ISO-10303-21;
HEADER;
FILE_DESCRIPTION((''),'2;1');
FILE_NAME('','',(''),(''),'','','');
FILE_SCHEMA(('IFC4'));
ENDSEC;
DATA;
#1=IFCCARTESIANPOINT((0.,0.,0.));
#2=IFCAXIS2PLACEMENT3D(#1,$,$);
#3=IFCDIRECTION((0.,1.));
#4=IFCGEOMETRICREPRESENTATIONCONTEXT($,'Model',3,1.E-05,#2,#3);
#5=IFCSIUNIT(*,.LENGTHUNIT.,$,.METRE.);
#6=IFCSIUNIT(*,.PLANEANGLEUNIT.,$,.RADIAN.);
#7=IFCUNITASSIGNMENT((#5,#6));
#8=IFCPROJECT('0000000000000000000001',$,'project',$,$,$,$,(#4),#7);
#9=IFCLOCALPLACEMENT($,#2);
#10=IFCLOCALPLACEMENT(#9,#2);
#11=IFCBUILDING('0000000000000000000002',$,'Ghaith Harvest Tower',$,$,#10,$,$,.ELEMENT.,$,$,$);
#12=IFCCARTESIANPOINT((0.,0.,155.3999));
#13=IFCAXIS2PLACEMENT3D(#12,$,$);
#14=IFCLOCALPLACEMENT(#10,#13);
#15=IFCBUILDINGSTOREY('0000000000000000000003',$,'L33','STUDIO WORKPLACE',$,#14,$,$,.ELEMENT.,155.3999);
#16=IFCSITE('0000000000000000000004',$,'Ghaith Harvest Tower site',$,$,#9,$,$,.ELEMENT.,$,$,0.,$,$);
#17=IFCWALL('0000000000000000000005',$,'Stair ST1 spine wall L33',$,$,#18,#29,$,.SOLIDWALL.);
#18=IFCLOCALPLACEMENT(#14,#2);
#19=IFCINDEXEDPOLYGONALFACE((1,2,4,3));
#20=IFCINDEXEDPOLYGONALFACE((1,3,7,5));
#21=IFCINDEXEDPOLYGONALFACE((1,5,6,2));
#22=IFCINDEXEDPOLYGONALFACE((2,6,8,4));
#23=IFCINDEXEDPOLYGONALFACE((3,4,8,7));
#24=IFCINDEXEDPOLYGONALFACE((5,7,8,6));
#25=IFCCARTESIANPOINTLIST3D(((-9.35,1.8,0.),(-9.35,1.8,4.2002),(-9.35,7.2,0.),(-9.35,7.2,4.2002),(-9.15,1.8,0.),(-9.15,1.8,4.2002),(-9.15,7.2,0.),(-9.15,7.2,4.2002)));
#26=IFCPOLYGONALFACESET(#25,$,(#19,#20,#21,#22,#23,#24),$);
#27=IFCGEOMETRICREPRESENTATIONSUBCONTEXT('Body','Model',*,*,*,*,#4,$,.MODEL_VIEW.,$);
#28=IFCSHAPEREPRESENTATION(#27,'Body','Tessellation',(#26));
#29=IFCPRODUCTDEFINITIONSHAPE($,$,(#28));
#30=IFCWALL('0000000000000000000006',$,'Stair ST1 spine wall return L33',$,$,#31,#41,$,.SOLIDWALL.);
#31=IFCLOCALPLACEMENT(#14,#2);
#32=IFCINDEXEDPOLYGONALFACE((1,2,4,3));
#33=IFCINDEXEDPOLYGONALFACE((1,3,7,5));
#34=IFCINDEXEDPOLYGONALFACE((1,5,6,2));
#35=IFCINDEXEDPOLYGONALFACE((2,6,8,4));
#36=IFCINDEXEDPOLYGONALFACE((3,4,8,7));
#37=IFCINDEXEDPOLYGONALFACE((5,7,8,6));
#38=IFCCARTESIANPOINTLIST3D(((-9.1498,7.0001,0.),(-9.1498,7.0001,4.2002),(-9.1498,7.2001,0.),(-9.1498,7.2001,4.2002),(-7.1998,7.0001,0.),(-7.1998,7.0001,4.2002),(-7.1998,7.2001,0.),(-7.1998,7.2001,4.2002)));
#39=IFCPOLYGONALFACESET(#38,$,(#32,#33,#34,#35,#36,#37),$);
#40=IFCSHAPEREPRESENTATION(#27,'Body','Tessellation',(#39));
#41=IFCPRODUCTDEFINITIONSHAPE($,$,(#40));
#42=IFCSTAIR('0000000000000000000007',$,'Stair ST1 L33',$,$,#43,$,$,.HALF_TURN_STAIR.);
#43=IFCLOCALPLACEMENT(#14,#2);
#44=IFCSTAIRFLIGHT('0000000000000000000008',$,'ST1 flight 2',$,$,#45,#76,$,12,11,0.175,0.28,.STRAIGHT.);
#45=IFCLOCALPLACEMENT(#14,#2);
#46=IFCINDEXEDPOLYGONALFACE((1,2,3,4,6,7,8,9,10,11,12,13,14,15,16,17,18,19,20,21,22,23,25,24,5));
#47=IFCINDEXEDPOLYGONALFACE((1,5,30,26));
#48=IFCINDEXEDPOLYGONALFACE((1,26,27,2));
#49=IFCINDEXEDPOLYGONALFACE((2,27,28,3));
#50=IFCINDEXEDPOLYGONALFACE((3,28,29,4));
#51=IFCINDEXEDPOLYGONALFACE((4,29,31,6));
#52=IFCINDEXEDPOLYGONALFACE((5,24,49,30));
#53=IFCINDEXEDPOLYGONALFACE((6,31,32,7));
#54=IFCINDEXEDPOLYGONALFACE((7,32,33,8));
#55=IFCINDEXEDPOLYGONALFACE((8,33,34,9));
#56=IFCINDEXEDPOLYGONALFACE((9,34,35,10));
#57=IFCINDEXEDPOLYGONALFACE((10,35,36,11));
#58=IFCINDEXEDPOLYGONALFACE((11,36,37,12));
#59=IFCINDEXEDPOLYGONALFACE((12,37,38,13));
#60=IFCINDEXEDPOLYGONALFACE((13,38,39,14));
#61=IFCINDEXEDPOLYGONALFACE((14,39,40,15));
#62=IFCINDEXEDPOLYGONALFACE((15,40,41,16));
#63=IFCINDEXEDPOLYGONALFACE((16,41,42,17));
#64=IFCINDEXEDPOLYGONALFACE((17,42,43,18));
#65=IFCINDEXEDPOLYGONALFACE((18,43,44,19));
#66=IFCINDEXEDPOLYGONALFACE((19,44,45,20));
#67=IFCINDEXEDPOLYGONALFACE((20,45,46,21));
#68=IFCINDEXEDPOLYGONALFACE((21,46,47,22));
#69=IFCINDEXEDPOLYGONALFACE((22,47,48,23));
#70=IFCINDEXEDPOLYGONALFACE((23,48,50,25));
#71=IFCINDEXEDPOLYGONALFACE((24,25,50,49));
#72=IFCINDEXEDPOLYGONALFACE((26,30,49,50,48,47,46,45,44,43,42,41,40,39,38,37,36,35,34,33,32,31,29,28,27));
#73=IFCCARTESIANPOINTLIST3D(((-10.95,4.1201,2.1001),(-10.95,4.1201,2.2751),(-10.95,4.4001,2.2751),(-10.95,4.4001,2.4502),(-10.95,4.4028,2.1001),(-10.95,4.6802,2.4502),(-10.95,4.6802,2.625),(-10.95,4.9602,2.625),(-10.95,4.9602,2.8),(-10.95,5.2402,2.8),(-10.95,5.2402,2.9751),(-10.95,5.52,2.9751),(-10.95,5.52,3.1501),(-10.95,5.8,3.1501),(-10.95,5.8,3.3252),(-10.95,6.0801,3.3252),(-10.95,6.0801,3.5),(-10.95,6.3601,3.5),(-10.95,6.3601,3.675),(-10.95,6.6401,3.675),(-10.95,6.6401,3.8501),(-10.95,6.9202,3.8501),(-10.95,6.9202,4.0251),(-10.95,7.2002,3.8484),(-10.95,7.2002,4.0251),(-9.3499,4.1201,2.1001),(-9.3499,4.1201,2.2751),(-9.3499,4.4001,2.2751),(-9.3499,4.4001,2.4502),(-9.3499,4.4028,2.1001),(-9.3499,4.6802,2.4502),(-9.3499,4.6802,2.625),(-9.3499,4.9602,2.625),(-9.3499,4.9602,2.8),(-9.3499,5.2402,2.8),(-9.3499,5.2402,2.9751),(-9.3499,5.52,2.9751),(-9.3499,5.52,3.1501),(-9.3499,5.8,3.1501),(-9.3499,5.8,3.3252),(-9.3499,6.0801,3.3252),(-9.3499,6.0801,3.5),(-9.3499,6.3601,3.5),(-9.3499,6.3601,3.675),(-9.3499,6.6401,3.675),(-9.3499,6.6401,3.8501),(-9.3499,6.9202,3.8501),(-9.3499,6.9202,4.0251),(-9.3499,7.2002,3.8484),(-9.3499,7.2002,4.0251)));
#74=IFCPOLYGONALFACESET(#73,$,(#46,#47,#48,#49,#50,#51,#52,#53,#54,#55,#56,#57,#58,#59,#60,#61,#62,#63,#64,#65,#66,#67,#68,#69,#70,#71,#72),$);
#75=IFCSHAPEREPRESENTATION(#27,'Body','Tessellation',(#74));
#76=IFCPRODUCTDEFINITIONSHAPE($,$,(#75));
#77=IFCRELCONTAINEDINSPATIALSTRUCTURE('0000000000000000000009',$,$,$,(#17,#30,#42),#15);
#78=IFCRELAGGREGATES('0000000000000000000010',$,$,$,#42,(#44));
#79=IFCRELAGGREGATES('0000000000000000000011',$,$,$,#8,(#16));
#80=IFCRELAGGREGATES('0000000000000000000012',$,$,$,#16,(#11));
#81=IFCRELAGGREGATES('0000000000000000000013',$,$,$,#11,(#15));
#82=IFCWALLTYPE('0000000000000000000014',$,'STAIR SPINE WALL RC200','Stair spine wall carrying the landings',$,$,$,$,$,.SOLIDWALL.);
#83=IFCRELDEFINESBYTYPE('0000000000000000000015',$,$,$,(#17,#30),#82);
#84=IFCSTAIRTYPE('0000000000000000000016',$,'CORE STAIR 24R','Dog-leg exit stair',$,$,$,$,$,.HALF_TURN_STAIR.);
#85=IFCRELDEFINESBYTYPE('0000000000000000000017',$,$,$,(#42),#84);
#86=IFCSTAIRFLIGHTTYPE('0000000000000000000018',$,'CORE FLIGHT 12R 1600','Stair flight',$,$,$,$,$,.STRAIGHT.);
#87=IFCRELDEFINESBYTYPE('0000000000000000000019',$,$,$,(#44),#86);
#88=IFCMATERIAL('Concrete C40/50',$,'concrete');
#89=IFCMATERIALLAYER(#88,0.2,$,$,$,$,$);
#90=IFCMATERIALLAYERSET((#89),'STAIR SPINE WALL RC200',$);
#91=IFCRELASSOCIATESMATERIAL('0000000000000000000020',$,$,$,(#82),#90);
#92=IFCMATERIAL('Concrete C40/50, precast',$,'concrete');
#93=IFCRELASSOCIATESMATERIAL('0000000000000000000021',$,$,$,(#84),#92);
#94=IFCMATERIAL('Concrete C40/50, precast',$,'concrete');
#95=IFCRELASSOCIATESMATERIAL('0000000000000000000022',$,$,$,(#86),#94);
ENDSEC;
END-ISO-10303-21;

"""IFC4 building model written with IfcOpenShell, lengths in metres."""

from ifc_helpers import new_model, si_unit, direction, frame, frame_2d, origin, place, context, subcontext, project, spatial, polyline, rectangle, outline, extrude, material, layer, layer_set, type_object, element, aggregate, save


model = new_model("IFC4")

# Units and contexts
model_context = context("Model", 3, precision=1e-05, world=origin(), true_north=direction((0.0, 1.0)))
body_context = subcontext(model_context, "Body", "Model", "MODEL_VIEW")
ifc_project = project(units=[si_unit("LENGTHUNIT", "METRE"), si_unit("PLANEANGLEUNIT", "RADIAN")], contexts=[model_context])

# Site, building, storey
site_placement = place(None, origin())
site = spatial("IfcSite", under=ifc_project, at=site_placement, Name="Ghaith Harvest Tower site", CompositionType="ELEMENT", RefElevation=0.0)
building_placement = place(site_placement, origin())
building = spatial("IfcBuilding", under=site, at=building_placement, Name="Ghaith Harvest Tower", CompositionType="ELEMENT")
storey_placement = place(building_placement, frame((0.0, 0.0, 155.3999)))
storey = spatial("IfcBuildingStorey", under=building, at=storey_placement, Name="L33", Description="STUDIO WORKPLACE", CompositionType="ELEMENT", Elevation=155.3999)

# Walls
ifc_material_1 = material(Name="Concrete C40/50", Category="concrete")
ifc_layer_1 = layer(ifc_material_1, 0.2)
ifc_layer_set_1 = layer_set([ifc_layer_1], Name="STAIR SPINE WALL RC200")
wall_type_1 = type_object("IfcWallType", Name="STAIR SPINE WALL RC200", Description="Stair spine wall carrying the landings", PredefinedType="SOLIDWALL", material=ifc_layer_set_1)
wall_1_placement = place(storey_placement, frame((-9.25, 7.2, 0.0), z_axis=(0.0, 0.0, 1.0), x_axis=(0.0, -1.0, 0.0)))
element("IfcWall", 1, at=wall_1_placement, inside=storey, type_object=wall_type_1, Name="Stair ST1 spine wall L33", PredefinedType="SOLIDWALL", context=body_context, shape_type="SweptSolid", body=[
    extrude(rectangle(XDim=5.3999, YDim=0.2, at=frame_2d((2.7, 0.0))), origin(), (0.0, 0.0, 1.0), 4.2002),
])
wall_2_placement = place(storey_placement, frame((-9.1499, 7.1001, 0.0), z_axis=(0.0, 0.0, 1.0), x_axis=(1.0, 0.0, 0.0)))
element("IfcWall", 2, at=wall_2_placement, inside=storey, type_object=wall_type_1, Name="Stair ST1 spine wall return L33", PredefinedType="SOLIDWALL", context=body_context, shape_type="SweptSolid", body=[
    extrude(rectangle(XDim=1.95, YDim=0.2, at=frame_2d((0.9751, 0.0))), origin(), (0.0, 0.0, 1.0), 4.2002),
])

# Stair, stair flight
ifc_material_2 = material(Name="Concrete C40/50, precast", Category="concrete")
stair_type = type_object("IfcStairType", Name="CORE STAIR 24R", Description="Dog-leg exit stair", PredefinedType="HALF_TURN_STAIR", material=ifc_material_2)
stair_placement = place(storey_placement, origin())
stair = element("IfcStair", 3, at=stair_placement, inside=storey, type_object=stair_type, Name="Stair ST1 L33", PredefinedType="HALF_TURN_STAIR")
ifc_material_3 = material(Name="Concrete C40/50, precast", Category="concrete")
stair_flight_type = type_object("IfcStairFlightType", Name="CORE FLIGHT 12R 1600", Description="Stair flight", PredefinedType="STRAIGHT", material=ifc_material_3)
stair_flight_placement = place(storey_placement, frame((-10.1499, 4.1201, 2.1001), z_axis=(0.0, 0.0, 1.0), x_axis=(0.0, 1.0, 0.0)))
stair_flight = element("IfcStairFlight", 4, at=stair_flight_placement, type_object=stair_flight_type, Name="ST1 flight 2", NumberOfRisers=12, NumberOfTreads=11, PredefinedType="STRAIGHT", RiserHeight=0.175, TreadLength=0.28, context=body_context, shape_type="SweptSolid", body=[
    extrude(outline(polyline([(0.0, 0.0), (0.0, 0.175), (0.28, 0.175), (0.28, 0.3501), (0.5601, 0.3501), (0.5601, 0.5249), (0.8401, 0.5249), (0.8401, 0.7), (1.1201, 0.7), (1.1201, 0.875), (1.3999, 0.875), (1.3999, 1.05), (1.6799, 1.05), (1.6799, 1.2251), (1.96, 1.2251), (1.96, 1.3999), (2.24, 1.3999), (2.24, 1.575), (2.52, 1.575), (2.52, 1.75), (2.8, 1.75), (2.8, 1.925), (3.0801, 1.925), (3.0801, 2.1001), (3.0801, 1.7483), (0.2827, 0.0), (0.0, 0.0)])), frame((0.0, 0.8, 0.0), z_axis=(0.0, -1.0, 0.0), x_axis=(1.0, 0.0, 0.0)), (0.0, 0.0, 1.0), 1.6001),
])
aggregate(stair, [stair_flight])

save(model, "model.ifc")
